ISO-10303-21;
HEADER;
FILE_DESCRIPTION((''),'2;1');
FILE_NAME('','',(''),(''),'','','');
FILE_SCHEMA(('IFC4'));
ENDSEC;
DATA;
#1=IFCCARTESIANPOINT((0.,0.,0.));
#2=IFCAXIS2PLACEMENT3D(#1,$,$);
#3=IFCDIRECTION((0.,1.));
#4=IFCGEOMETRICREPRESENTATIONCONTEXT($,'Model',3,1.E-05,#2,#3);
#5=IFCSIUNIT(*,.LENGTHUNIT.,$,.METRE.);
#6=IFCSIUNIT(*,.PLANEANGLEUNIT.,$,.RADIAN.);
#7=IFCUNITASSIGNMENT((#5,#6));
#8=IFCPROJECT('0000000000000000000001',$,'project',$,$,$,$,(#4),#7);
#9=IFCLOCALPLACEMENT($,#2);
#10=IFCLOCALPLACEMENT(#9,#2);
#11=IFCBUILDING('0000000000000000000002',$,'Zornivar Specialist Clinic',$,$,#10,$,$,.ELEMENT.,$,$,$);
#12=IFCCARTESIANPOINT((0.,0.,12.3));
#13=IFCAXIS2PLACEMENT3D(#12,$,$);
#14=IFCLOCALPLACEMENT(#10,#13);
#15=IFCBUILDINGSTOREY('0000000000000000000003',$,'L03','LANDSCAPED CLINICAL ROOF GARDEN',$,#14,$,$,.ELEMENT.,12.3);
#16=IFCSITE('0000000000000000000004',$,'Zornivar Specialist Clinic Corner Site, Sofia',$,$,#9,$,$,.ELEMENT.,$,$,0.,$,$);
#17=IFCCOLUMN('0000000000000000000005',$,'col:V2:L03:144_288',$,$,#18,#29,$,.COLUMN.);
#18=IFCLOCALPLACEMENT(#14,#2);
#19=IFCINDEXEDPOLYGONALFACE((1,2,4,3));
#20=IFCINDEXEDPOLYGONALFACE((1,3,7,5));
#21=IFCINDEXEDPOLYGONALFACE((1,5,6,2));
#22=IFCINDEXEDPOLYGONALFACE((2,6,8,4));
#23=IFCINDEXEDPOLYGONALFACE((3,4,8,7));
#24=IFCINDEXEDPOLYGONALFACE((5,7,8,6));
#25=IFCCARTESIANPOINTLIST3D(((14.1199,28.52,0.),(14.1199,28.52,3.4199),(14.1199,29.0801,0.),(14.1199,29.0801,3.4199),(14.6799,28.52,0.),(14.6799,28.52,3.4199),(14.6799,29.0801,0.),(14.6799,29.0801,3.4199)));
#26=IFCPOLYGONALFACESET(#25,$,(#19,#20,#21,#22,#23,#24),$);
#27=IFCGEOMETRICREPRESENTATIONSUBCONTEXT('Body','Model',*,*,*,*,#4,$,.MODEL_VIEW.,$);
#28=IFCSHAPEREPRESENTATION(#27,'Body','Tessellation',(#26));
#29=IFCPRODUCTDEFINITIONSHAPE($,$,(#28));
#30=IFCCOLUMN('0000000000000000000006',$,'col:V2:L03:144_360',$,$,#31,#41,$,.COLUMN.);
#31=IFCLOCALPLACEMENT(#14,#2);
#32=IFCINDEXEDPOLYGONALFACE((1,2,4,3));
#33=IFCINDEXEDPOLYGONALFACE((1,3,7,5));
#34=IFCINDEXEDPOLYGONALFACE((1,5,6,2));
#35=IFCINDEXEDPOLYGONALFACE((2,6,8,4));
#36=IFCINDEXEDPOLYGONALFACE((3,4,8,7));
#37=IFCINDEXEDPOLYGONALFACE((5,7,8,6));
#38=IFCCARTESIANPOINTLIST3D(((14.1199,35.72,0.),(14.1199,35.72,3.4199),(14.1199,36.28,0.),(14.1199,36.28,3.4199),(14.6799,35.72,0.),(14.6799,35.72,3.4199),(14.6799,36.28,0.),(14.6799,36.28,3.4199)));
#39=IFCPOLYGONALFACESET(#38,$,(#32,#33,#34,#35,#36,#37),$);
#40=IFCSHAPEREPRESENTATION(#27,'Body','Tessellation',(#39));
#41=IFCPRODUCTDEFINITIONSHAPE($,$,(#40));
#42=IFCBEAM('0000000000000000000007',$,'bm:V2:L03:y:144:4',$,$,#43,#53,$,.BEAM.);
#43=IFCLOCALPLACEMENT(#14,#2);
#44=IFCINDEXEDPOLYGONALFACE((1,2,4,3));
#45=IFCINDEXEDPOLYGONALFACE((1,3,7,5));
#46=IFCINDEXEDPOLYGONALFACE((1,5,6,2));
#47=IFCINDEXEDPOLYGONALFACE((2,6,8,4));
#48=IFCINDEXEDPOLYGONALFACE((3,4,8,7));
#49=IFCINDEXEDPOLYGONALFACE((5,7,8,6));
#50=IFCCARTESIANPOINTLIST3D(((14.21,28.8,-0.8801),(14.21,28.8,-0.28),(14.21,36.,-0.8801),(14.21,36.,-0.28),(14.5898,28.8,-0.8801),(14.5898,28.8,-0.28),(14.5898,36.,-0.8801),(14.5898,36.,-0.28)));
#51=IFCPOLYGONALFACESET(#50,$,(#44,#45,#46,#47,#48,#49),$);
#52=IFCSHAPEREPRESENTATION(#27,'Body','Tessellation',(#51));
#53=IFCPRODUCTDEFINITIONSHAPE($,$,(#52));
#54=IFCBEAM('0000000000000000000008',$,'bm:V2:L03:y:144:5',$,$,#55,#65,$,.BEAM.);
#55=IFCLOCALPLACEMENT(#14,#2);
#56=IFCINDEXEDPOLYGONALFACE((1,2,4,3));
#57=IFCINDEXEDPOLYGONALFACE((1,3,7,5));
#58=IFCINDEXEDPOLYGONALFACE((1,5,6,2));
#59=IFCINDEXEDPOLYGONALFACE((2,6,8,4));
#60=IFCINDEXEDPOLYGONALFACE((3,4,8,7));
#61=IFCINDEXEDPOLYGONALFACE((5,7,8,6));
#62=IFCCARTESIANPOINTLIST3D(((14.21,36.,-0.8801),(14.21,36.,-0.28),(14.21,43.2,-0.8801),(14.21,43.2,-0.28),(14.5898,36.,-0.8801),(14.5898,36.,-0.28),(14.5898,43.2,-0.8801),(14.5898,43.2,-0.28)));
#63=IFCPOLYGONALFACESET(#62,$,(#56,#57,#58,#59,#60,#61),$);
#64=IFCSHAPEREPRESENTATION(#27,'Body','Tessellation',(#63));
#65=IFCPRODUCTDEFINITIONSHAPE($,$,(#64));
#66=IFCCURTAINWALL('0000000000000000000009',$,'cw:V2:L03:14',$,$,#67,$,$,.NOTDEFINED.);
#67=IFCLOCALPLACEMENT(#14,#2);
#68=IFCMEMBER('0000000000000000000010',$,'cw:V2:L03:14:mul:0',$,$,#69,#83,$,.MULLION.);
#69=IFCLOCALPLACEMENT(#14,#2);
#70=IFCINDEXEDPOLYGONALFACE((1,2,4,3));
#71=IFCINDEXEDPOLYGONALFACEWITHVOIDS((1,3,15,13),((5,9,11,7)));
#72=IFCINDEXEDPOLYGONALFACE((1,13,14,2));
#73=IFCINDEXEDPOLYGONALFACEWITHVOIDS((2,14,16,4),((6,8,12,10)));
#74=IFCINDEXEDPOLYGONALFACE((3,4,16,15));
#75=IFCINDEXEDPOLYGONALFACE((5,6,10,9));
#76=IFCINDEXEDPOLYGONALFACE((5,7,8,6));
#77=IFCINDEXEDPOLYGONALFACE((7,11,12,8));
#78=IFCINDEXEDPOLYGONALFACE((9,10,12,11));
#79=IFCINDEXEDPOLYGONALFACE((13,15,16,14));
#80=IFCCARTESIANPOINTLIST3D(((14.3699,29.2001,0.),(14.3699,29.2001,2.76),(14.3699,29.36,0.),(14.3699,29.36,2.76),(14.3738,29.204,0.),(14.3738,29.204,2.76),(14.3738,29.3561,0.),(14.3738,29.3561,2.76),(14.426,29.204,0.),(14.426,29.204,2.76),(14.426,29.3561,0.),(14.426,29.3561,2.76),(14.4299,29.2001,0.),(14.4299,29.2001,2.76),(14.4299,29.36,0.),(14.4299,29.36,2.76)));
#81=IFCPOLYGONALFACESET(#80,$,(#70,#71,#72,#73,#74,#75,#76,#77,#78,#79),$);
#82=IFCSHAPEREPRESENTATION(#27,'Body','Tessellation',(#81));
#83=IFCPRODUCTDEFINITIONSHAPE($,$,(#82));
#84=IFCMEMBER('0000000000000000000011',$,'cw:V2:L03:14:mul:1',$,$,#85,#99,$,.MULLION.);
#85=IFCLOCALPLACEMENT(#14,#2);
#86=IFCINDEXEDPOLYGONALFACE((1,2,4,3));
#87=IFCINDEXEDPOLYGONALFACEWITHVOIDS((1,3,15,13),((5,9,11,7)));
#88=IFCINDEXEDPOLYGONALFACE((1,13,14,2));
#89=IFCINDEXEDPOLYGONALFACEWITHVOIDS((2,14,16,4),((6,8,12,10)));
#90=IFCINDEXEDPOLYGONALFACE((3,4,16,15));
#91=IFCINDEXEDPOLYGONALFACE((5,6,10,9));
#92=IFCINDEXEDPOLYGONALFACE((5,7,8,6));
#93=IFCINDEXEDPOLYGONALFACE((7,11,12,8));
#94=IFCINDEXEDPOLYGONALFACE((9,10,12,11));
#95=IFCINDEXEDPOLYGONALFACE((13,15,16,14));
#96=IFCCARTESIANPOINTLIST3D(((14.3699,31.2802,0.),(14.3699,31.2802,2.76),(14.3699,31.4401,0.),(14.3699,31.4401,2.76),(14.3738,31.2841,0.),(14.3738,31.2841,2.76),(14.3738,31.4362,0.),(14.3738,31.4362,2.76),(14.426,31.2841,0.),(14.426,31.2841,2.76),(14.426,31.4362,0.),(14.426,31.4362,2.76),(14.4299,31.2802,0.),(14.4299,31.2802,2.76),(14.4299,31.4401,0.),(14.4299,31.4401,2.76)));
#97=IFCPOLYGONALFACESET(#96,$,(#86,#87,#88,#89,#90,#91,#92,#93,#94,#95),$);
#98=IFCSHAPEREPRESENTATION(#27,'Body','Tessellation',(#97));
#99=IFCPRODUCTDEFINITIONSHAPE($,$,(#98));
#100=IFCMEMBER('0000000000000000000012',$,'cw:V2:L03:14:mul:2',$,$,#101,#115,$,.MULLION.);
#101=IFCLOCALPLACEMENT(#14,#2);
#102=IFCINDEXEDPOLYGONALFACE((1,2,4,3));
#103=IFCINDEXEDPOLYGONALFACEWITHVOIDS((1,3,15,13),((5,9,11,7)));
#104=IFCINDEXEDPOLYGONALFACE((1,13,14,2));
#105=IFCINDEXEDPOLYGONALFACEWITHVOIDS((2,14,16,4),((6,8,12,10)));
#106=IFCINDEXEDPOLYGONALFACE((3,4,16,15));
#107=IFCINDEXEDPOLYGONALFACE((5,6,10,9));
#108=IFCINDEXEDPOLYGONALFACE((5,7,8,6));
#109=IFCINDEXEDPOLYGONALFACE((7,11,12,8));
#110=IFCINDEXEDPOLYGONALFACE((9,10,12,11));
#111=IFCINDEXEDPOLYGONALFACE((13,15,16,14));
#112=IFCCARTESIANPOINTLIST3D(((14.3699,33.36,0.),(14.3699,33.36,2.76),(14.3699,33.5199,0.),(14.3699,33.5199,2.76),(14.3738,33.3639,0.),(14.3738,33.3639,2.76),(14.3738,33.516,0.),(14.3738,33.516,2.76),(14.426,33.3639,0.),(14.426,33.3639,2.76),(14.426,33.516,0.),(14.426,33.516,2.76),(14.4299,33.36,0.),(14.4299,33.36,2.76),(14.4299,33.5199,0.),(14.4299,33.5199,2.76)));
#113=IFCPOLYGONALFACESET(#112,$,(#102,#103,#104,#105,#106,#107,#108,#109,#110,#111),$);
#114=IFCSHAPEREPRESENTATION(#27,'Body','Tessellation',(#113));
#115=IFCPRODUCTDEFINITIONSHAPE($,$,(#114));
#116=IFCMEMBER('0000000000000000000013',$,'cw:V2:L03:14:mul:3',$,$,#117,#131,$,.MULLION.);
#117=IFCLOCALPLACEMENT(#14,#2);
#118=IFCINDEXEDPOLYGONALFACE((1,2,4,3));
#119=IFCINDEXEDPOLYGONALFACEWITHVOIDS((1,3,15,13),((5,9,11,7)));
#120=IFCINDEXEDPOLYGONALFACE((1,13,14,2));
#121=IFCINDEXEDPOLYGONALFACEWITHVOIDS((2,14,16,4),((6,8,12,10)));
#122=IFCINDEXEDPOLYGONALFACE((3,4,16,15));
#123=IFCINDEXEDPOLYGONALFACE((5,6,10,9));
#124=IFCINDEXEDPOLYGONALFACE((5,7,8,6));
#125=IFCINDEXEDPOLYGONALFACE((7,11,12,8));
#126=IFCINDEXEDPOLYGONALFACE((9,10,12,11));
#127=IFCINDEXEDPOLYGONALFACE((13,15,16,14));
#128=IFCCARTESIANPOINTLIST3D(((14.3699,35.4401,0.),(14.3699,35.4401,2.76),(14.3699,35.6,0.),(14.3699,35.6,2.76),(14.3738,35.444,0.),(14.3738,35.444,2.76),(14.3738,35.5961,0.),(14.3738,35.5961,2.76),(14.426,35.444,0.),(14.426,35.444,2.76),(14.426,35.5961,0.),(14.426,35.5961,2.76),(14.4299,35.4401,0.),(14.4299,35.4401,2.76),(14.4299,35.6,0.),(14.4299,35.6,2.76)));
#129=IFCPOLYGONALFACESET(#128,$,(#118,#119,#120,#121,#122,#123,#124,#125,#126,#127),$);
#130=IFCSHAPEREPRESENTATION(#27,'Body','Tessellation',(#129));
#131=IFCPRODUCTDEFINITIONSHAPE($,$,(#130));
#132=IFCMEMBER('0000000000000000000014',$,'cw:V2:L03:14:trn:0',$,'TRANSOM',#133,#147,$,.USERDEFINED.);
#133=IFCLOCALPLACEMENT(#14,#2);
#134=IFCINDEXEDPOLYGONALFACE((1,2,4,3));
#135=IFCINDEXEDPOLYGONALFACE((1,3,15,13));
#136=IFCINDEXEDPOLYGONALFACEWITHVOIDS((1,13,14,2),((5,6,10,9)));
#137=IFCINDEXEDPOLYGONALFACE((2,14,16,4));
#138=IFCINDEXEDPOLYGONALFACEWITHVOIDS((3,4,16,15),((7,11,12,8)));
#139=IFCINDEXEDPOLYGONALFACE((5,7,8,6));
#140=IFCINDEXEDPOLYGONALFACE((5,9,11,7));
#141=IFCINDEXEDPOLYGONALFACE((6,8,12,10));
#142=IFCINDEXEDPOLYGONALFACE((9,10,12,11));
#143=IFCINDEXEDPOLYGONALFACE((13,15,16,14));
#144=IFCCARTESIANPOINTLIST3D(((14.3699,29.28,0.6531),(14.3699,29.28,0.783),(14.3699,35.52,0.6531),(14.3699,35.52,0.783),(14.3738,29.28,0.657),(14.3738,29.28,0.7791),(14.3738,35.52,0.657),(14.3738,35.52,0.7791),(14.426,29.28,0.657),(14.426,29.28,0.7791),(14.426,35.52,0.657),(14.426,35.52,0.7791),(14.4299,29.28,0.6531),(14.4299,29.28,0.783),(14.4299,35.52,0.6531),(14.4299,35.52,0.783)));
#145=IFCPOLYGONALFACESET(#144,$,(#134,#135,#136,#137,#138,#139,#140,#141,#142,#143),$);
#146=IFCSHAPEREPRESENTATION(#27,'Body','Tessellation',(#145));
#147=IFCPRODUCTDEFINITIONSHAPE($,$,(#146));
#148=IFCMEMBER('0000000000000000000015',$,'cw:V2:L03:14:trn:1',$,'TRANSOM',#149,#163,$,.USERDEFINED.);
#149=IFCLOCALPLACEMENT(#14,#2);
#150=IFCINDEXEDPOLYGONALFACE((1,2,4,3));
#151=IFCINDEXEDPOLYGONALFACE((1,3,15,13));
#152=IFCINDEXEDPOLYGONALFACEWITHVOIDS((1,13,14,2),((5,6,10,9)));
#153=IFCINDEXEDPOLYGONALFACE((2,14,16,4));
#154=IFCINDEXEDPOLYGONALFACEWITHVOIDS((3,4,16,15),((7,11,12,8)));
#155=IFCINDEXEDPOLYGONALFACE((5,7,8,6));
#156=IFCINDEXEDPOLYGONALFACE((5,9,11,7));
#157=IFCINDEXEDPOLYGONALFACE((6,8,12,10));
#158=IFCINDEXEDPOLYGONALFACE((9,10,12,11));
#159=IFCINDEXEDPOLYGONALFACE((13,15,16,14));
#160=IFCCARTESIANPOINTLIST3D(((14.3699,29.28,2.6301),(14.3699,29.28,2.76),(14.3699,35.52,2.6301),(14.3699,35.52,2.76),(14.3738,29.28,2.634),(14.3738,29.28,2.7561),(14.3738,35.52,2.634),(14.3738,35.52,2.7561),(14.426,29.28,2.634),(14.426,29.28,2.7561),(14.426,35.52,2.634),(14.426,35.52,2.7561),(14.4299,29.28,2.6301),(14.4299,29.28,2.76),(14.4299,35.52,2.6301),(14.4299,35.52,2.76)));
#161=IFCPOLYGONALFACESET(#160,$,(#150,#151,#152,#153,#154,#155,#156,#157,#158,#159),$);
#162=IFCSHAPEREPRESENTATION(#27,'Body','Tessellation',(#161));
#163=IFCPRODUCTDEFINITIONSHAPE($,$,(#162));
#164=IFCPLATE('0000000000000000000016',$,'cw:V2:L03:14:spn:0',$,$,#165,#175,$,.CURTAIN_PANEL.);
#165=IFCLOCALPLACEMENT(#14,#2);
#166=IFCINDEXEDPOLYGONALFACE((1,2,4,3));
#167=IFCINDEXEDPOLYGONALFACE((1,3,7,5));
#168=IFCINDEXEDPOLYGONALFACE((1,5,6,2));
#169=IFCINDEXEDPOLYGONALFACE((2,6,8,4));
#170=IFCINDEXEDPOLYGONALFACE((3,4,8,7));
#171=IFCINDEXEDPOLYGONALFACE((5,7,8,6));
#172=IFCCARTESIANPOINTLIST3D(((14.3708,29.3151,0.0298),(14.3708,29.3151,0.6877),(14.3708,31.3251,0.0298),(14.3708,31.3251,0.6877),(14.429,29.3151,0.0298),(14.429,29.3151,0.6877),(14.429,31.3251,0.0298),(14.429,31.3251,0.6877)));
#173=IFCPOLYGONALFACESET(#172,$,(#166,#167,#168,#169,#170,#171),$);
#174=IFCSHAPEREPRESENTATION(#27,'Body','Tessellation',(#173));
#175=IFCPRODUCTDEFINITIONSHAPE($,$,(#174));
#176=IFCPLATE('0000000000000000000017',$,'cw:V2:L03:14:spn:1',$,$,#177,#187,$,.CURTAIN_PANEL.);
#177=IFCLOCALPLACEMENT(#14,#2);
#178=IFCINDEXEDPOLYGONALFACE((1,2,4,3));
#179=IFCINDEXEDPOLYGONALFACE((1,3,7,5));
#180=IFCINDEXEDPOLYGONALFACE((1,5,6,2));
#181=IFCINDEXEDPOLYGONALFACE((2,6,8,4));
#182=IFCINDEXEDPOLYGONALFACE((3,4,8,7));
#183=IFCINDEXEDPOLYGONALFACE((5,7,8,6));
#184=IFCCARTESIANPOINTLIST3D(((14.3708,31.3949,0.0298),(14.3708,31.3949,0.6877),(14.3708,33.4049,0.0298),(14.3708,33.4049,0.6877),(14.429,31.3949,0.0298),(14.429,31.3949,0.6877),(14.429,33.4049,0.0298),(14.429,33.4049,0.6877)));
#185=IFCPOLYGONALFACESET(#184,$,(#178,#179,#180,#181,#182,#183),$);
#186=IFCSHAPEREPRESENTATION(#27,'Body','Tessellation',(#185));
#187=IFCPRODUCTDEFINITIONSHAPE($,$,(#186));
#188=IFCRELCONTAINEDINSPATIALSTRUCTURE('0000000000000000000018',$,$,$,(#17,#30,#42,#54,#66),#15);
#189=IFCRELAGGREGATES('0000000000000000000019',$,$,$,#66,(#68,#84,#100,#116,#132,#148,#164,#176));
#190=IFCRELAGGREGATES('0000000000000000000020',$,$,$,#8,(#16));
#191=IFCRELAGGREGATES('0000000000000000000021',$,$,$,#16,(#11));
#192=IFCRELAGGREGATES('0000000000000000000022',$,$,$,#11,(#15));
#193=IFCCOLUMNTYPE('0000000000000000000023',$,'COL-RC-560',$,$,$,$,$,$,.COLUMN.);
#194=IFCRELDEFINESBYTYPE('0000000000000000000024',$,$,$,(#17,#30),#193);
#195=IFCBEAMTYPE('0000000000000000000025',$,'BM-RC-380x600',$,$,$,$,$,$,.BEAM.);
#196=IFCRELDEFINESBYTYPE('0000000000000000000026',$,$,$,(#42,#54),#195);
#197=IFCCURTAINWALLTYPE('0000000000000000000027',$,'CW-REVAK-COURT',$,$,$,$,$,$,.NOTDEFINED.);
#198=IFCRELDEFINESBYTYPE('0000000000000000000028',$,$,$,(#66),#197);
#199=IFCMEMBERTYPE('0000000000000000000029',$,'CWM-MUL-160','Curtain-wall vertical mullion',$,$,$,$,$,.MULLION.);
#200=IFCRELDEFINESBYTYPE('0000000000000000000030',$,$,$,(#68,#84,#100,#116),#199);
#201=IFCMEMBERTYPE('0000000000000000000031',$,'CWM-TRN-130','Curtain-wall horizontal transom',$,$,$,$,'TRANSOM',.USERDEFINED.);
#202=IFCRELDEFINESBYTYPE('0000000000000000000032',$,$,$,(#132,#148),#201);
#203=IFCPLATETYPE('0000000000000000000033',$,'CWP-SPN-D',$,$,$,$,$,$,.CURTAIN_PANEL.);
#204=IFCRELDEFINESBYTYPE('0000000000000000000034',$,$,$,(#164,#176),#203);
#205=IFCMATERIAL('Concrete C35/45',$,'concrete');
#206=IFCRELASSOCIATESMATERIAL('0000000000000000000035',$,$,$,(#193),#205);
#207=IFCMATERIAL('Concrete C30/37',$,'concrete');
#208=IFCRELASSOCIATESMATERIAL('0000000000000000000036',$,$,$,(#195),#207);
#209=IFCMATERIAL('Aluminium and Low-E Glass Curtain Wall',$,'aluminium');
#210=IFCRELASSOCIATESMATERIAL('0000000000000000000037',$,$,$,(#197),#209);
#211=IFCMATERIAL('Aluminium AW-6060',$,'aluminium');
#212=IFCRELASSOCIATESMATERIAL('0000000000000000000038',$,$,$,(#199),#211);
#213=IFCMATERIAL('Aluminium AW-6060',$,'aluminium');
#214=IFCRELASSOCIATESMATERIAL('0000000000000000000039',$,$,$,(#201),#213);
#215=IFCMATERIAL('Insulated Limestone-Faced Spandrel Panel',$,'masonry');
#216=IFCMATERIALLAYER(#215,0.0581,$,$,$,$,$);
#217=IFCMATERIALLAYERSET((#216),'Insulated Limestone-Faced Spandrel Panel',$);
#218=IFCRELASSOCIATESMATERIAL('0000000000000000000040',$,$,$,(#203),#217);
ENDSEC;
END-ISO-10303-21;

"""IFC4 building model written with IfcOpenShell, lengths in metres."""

from ifc_helpers import new_model, si_unit, direction, frame, origin, origin_2d, place, context, subcontext, project, spatial, rectangle, hollow_rectangle, extrude, material, layer, layer_set, material_profile, profile_set, type_object, element, aggregate, save


model = new_model("IFC4")

# Units and contexts
model_context = context("Model", 3, precision=1e-05, world=origin(), true_north=direction((0.0, 1.0)))
body_context = subcontext(model_context, "Body", "Model", "MODEL_VIEW")
ifc_project = project(units=[si_unit("LENGTHUNIT", "METRE"), si_unit("PLANEANGLEUNIT", "RADIAN")], contexts=[model_context])

# Site, building, storey
site_placement = place(None, origin())
site = spatial("IfcSite", under=ifc_project, at=site_placement, Name="Zornivar Specialist Clinic Corner Site, Sofia", CompositionType="ELEMENT", RefElevation=0.0)
building_placement = place(site_placement, origin())
building = spatial("IfcBuilding", under=site, at=building_placement, Name="Zornivar Specialist Clinic", CompositionType="ELEMENT")
storey_placement = place(building_placement, frame((0.0, 0.0, 12.3)))
storey = spatial("IfcBuildingStorey", under=building, at=storey_placement, Name="L03", Description="LANDSCAPED CLINICAL ROOF GARDEN", CompositionType="ELEMENT", Elevation=12.3)

# Columns
ifc_material_1 = material(Name="Concrete C35/45", Category="concrete")
ifc_material_profile_1 = material_profile(ifc_material_1, rectangle(XDim=0.5601, YDim=0.5601, at=origin_2d()), Name="RC 560x560")
ifc_profile_set_1 = profile_set([ifc_material_profile_1], Name="Concrete C35/45")
column_type = type_object("IfcColumnType", Name="COL-RC-560", PredefinedType="COLUMN", material=ifc_profile_set_1)
for number, where, z_axis, x_axis, name in (
    (1, (14.3999, 28.8, 0.0), (0.0, 0.0, 1.0), (1.0, 0.0, 0.0), "col:V2:L03:144_288"),
    (2, (14.3999, 36.0, 0.0), (0.0, 0.0, 1.0), (1.0, 0.0, 0.0), "col:V2:L03:144_360"),
):
    element("IfcColumn", number, at=place(storey_placement, frame(where, z_axis=z_axis, x_axis=x_axis)), inside=storey, type_object=column_type, Name=name, PredefinedType="COLUMN", context=body_context, shape_type="SweptSolid", body=[
        extrude(rectangle(XDim=0.5601, YDim=0.5601, at=origin_2d()), origin(), (0.0, 0.0, 1.0), 3.4199),
    ])

# Beams
ifc_material_2 = material(Name="Concrete C30/37", Category="concrete")
ifc_material_profile_2 = material_profile(ifc_material_2, rectangle(XDim=0.3799, YDim=0.6001, at=origin_2d()), Name="RC 380x600")
ifc_profile_set_2 = profile_set([ifc_material_profile_2], Name="Concrete C30/37")
beam_type = type_object("IfcBeamType", Name="BM-RC-380x600", PredefinedType="BEAM", material=ifc_profile_set_2)
for number, where, z_axis, x_axis, name in (
    (3, (14.3999, 28.8, -0.5801), (0.0, 1.0, 0.0), (-1.0, 0.0, 0.0), "bm:V2:L03:y:144:4"),
    (4, (14.3999, 36.0, -0.5801), (0.0, 1.0, 0.0), (-1.0, 0.0, 0.0), "bm:V2:L03:y:144:5"),
):
    element("IfcBeam", number, at=place(storey_placement, frame(where, z_axis=z_axis, x_axis=x_axis)), inside=storey, type_object=beam_type, Name=name, PredefinedType="BEAM", context=body_context, shape_type="SweptSolid", body=[
        extrude(rectangle(XDim=0.3799, YDim=0.6001, at=origin_2d()), origin(), (0.0, 0.0, 1.0), 7.2),
    ])

# Curtain wall, members, plates
ifc_material_3 = material(Name="Aluminium and Low-E Glass Curtain Wall", Category="aluminium")
curtain_wall_type = type_object("IfcCurtainWallType", Name="CW-REVAK-COURT", PredefinedType="NOTDEFINED", material=ifc_material_3)
curtain_wall_placement = place(storey_placement, origin())
curtain_wall = element("IfcCurtainWall", 5, at=curtain_wall_placement, inside=storey, type_object=curtain_wall_type, Name="cw:V2:L03:14", PredefinedType="NOTDEFINED")
ifc_material_4 = material(Name="Aluminium AW-6060", Category="aluminium")
ifc_material_profile_3 = material_profile(ifc_material_4, hollow_rectangle(XDim=0.0601, YDim=0.1599, WallThickness=0.0039, at=origin_2d()), Name="ALU 60x160x4")
ifc_profile_set_3 = profile_set([ifc_material_profile_3], Name="Aluminium AW-6060")
member_type_1 = type_object("IfcMemberType", Name="CWM-MUL-160", Description="Curtain-wall vertical mullion", PredefinedType="MULLION", material=ifc_profile_set_3)
member_1_placement = place(storey_placement, frame((14.3999, 29.28, 0.0), z_axis=(0.0, 0.0, 1.0), x_axis=(1.0, 0.0, 0.0)))
member_1 = element("IfcMember", 6, at=member_1_placement, type_object=member_type_1, Name="cw:V2:L03:14:mul:0", PredefinedType="MULLION", context=body_context, shape_type="SweptSolid", body=[
    extrude(hollow_rectangle(XDim=0.0601, YDim=0.1599, WallThickness=0.0039, at=origin_2d()), origin(), (0.0, 0.0, 1.0), 2.76),
])
member_2_placement = place(storey_placement, frame((14.3999, 31.3601, 0.0), z_axis=(0.0, 0.0, 1.0), x_axis=(1.0, 0.0, 0.0)))
member_2 = element("IfcMember", 7, at=member_2_placement, type_object=member_type_1, Name="cw:V2:L03:14:mul:1", PredefinedType="MULLION", context=body_context, shape_type="SweptSolid", body=[
    extrude(hollow_rectangle(XDim=0.0601, YDim=0.1599, WallThickness=0.0039, at=origin_2d()), origin(), (0.0, 0.0, 1.0), 2.76),
])
member_3_placement = place(storey_placement, frame((14.3999, 33.4399, 0.0), z_axis=(0.0, 0.0, 1.0), x_axis=(1.0, 0.0, 0.0)))
member_3 = element("IfcMember", 8, at=member_3_placement, type_object=member_type_1, Name="cw:V2:L03:14:mul:2", PredefinedType="MULLION", context=body_context, shape_type="SweptSolid", body=[
    extrude(hollow_rectangle(XDim=0.0601, YDim=0.1599, WallThickness=0.0039, at=origin_2d()), origin(), (0.0, 0.0, 1.0), 2.76),
])
member_4_placement = place(storey_placement, frame((14.3999, 35.52, 0.0), z_axis=(0.0, 0.0, 1.0), x_axis=(1.0, 0.0, 0.0)))
member_4 = element("IfcMember", 9, at=member_4_placement, type_object=member_type_1, Name="cw:V2:L03:14:mul:3", PredefinedType="MULLION", context=body_context, shape_type="SweptSolid", body=[
    extrude(hollow_rectangle(XDim=0.0601, YDim=0.1599, WallThickness=0.0039, at=origin_2d()), origin(), (0.0, 0.0, 1.0), 2.76),
])
ifc_material_5 = material(Name="Aluminium AW-6060", Category="aluminium")
ifc_material_profile_4 = material_profile(ifc_material_5, hollow_rectangle(XDim=0.0601, YDim=0.1299, WallThickness=0.0039, at=origin_2d()), Name="ALU 60x130x4")
ifc_profile_set_4 = profile_set([ifc_material_profile_4], Name="Aluminium AW-6060")
member_type_2 = type_object("IfcMemberType", Name="CWM-TRN-130", Description="Curtain-wall horizontal transom", ElementType="TRANSOM", PredefinedType="USERDEFINED", material=ifc_profile_set_4)
member_5_placement = place(storey_placement, frame((14.3999, 29.28, 0.718), z_axis=(0.0, 1.0, 0.0), x_axis=(-1.0, 0.0, 0.0)))
member_5 = element("IfcMember", 10, at=member_5_placement, type_object=member_type_2, Name="cw:V2:L03:14:trn:0", ObjectType="TRANSOM", PredefinedType="USERDEFINED", context=body_context, shape_type="SweptSolid", body=[
    extrude(hollow_rectangle(XDim=0.0601, YDim=0.1299, WallThickness=0.0039, at=origin_2d()), origin(), (0.0, 0.0, 1.0), 6.24),
])
member_6_placement = place(storey_placement, frame((14.3999, 29.28, 2.6951), z_axis=(0.0, 1.0, 0.0), x_axis=(-1.0, 0.0, 0.0)))
member_6 = element("IfcMember", 11, at=member_6_placement, type_object=member_type_2, Name="cw:V2:L03:14:trn:1", ObjectType="TRANSOM", PredefinedType="USERDEFINED", context=body_context, shape_type="SweptSolid", body=[
    extrude(hollow_rectangle(XDim=0.0601, YDim=0.1299, WallThickness=0.0039, at=origin_2d()), origin(), (0.0, 0.0, 1.0), 6.24),
])
ifc_material_6 = material(Name="Insulated Limestone-Faced Spandrel Panel", Category="masonry")
ifc_layer_1 = layer(ifc_material_6, 0.0581)
ifc_layer_set_1 = layer_set([ifc_layer_1], Name="Insulated Limestone-Faced Spandrel Panel")
plate_type_1 = type_object("IfcPlateType", Name="CWP-SPN-D", PredefinedType="CURTAIN_PANEL", material=ifc_layer_set_1)
plate_1_placement = place(storey_placement, frame((14.3999, 30.3201, 0.0298), z_axis=(0.0, 0.0, 1.0), x_axis=(0.0, 1.0, 0.0)))
plate_1 = element("IfcPlate", 12, at=plate_1_placement, type_object=plate_type_1, Name="cw:V2:L03:14:spn:0", PredefinedType="CURTAIN_PANEL", context=body_context, shape_type="SweptSolid", body=[
    extrude(rectangle(XDim=2.01, YDim=0.0581, at=origin_2d()), origin(), (0.0, 0.0, 1.0), 0.658),
])
plate_2_placement = place(storey_placement, frame((14.3999, 32.3999, 0.0298), z_axis=(0.0, 0.0, 1.0), x_axis=(0.0, 1.0, 0.0)))
plate_2 = element("IfcPlate", 13, at=plate_2_placement, type_object=plate_type_1, Name="cw:V2:L03:14:spn:1", PredefinedType="CURTAIN_PANEL", context=body_context, shape_type="SweptSolid", body=[
    extrude(rectangle(XDim=2.01, YDim=0.0581, at=origin_2d()), origin(), (0.0, 0.0, 1.0), 0.658),
])
aggregate(curtain_wall, [member_1, member_2, member_3, member_4, member_5, member_6, plate_1, plate_2])

save(model, "model.ifc")
